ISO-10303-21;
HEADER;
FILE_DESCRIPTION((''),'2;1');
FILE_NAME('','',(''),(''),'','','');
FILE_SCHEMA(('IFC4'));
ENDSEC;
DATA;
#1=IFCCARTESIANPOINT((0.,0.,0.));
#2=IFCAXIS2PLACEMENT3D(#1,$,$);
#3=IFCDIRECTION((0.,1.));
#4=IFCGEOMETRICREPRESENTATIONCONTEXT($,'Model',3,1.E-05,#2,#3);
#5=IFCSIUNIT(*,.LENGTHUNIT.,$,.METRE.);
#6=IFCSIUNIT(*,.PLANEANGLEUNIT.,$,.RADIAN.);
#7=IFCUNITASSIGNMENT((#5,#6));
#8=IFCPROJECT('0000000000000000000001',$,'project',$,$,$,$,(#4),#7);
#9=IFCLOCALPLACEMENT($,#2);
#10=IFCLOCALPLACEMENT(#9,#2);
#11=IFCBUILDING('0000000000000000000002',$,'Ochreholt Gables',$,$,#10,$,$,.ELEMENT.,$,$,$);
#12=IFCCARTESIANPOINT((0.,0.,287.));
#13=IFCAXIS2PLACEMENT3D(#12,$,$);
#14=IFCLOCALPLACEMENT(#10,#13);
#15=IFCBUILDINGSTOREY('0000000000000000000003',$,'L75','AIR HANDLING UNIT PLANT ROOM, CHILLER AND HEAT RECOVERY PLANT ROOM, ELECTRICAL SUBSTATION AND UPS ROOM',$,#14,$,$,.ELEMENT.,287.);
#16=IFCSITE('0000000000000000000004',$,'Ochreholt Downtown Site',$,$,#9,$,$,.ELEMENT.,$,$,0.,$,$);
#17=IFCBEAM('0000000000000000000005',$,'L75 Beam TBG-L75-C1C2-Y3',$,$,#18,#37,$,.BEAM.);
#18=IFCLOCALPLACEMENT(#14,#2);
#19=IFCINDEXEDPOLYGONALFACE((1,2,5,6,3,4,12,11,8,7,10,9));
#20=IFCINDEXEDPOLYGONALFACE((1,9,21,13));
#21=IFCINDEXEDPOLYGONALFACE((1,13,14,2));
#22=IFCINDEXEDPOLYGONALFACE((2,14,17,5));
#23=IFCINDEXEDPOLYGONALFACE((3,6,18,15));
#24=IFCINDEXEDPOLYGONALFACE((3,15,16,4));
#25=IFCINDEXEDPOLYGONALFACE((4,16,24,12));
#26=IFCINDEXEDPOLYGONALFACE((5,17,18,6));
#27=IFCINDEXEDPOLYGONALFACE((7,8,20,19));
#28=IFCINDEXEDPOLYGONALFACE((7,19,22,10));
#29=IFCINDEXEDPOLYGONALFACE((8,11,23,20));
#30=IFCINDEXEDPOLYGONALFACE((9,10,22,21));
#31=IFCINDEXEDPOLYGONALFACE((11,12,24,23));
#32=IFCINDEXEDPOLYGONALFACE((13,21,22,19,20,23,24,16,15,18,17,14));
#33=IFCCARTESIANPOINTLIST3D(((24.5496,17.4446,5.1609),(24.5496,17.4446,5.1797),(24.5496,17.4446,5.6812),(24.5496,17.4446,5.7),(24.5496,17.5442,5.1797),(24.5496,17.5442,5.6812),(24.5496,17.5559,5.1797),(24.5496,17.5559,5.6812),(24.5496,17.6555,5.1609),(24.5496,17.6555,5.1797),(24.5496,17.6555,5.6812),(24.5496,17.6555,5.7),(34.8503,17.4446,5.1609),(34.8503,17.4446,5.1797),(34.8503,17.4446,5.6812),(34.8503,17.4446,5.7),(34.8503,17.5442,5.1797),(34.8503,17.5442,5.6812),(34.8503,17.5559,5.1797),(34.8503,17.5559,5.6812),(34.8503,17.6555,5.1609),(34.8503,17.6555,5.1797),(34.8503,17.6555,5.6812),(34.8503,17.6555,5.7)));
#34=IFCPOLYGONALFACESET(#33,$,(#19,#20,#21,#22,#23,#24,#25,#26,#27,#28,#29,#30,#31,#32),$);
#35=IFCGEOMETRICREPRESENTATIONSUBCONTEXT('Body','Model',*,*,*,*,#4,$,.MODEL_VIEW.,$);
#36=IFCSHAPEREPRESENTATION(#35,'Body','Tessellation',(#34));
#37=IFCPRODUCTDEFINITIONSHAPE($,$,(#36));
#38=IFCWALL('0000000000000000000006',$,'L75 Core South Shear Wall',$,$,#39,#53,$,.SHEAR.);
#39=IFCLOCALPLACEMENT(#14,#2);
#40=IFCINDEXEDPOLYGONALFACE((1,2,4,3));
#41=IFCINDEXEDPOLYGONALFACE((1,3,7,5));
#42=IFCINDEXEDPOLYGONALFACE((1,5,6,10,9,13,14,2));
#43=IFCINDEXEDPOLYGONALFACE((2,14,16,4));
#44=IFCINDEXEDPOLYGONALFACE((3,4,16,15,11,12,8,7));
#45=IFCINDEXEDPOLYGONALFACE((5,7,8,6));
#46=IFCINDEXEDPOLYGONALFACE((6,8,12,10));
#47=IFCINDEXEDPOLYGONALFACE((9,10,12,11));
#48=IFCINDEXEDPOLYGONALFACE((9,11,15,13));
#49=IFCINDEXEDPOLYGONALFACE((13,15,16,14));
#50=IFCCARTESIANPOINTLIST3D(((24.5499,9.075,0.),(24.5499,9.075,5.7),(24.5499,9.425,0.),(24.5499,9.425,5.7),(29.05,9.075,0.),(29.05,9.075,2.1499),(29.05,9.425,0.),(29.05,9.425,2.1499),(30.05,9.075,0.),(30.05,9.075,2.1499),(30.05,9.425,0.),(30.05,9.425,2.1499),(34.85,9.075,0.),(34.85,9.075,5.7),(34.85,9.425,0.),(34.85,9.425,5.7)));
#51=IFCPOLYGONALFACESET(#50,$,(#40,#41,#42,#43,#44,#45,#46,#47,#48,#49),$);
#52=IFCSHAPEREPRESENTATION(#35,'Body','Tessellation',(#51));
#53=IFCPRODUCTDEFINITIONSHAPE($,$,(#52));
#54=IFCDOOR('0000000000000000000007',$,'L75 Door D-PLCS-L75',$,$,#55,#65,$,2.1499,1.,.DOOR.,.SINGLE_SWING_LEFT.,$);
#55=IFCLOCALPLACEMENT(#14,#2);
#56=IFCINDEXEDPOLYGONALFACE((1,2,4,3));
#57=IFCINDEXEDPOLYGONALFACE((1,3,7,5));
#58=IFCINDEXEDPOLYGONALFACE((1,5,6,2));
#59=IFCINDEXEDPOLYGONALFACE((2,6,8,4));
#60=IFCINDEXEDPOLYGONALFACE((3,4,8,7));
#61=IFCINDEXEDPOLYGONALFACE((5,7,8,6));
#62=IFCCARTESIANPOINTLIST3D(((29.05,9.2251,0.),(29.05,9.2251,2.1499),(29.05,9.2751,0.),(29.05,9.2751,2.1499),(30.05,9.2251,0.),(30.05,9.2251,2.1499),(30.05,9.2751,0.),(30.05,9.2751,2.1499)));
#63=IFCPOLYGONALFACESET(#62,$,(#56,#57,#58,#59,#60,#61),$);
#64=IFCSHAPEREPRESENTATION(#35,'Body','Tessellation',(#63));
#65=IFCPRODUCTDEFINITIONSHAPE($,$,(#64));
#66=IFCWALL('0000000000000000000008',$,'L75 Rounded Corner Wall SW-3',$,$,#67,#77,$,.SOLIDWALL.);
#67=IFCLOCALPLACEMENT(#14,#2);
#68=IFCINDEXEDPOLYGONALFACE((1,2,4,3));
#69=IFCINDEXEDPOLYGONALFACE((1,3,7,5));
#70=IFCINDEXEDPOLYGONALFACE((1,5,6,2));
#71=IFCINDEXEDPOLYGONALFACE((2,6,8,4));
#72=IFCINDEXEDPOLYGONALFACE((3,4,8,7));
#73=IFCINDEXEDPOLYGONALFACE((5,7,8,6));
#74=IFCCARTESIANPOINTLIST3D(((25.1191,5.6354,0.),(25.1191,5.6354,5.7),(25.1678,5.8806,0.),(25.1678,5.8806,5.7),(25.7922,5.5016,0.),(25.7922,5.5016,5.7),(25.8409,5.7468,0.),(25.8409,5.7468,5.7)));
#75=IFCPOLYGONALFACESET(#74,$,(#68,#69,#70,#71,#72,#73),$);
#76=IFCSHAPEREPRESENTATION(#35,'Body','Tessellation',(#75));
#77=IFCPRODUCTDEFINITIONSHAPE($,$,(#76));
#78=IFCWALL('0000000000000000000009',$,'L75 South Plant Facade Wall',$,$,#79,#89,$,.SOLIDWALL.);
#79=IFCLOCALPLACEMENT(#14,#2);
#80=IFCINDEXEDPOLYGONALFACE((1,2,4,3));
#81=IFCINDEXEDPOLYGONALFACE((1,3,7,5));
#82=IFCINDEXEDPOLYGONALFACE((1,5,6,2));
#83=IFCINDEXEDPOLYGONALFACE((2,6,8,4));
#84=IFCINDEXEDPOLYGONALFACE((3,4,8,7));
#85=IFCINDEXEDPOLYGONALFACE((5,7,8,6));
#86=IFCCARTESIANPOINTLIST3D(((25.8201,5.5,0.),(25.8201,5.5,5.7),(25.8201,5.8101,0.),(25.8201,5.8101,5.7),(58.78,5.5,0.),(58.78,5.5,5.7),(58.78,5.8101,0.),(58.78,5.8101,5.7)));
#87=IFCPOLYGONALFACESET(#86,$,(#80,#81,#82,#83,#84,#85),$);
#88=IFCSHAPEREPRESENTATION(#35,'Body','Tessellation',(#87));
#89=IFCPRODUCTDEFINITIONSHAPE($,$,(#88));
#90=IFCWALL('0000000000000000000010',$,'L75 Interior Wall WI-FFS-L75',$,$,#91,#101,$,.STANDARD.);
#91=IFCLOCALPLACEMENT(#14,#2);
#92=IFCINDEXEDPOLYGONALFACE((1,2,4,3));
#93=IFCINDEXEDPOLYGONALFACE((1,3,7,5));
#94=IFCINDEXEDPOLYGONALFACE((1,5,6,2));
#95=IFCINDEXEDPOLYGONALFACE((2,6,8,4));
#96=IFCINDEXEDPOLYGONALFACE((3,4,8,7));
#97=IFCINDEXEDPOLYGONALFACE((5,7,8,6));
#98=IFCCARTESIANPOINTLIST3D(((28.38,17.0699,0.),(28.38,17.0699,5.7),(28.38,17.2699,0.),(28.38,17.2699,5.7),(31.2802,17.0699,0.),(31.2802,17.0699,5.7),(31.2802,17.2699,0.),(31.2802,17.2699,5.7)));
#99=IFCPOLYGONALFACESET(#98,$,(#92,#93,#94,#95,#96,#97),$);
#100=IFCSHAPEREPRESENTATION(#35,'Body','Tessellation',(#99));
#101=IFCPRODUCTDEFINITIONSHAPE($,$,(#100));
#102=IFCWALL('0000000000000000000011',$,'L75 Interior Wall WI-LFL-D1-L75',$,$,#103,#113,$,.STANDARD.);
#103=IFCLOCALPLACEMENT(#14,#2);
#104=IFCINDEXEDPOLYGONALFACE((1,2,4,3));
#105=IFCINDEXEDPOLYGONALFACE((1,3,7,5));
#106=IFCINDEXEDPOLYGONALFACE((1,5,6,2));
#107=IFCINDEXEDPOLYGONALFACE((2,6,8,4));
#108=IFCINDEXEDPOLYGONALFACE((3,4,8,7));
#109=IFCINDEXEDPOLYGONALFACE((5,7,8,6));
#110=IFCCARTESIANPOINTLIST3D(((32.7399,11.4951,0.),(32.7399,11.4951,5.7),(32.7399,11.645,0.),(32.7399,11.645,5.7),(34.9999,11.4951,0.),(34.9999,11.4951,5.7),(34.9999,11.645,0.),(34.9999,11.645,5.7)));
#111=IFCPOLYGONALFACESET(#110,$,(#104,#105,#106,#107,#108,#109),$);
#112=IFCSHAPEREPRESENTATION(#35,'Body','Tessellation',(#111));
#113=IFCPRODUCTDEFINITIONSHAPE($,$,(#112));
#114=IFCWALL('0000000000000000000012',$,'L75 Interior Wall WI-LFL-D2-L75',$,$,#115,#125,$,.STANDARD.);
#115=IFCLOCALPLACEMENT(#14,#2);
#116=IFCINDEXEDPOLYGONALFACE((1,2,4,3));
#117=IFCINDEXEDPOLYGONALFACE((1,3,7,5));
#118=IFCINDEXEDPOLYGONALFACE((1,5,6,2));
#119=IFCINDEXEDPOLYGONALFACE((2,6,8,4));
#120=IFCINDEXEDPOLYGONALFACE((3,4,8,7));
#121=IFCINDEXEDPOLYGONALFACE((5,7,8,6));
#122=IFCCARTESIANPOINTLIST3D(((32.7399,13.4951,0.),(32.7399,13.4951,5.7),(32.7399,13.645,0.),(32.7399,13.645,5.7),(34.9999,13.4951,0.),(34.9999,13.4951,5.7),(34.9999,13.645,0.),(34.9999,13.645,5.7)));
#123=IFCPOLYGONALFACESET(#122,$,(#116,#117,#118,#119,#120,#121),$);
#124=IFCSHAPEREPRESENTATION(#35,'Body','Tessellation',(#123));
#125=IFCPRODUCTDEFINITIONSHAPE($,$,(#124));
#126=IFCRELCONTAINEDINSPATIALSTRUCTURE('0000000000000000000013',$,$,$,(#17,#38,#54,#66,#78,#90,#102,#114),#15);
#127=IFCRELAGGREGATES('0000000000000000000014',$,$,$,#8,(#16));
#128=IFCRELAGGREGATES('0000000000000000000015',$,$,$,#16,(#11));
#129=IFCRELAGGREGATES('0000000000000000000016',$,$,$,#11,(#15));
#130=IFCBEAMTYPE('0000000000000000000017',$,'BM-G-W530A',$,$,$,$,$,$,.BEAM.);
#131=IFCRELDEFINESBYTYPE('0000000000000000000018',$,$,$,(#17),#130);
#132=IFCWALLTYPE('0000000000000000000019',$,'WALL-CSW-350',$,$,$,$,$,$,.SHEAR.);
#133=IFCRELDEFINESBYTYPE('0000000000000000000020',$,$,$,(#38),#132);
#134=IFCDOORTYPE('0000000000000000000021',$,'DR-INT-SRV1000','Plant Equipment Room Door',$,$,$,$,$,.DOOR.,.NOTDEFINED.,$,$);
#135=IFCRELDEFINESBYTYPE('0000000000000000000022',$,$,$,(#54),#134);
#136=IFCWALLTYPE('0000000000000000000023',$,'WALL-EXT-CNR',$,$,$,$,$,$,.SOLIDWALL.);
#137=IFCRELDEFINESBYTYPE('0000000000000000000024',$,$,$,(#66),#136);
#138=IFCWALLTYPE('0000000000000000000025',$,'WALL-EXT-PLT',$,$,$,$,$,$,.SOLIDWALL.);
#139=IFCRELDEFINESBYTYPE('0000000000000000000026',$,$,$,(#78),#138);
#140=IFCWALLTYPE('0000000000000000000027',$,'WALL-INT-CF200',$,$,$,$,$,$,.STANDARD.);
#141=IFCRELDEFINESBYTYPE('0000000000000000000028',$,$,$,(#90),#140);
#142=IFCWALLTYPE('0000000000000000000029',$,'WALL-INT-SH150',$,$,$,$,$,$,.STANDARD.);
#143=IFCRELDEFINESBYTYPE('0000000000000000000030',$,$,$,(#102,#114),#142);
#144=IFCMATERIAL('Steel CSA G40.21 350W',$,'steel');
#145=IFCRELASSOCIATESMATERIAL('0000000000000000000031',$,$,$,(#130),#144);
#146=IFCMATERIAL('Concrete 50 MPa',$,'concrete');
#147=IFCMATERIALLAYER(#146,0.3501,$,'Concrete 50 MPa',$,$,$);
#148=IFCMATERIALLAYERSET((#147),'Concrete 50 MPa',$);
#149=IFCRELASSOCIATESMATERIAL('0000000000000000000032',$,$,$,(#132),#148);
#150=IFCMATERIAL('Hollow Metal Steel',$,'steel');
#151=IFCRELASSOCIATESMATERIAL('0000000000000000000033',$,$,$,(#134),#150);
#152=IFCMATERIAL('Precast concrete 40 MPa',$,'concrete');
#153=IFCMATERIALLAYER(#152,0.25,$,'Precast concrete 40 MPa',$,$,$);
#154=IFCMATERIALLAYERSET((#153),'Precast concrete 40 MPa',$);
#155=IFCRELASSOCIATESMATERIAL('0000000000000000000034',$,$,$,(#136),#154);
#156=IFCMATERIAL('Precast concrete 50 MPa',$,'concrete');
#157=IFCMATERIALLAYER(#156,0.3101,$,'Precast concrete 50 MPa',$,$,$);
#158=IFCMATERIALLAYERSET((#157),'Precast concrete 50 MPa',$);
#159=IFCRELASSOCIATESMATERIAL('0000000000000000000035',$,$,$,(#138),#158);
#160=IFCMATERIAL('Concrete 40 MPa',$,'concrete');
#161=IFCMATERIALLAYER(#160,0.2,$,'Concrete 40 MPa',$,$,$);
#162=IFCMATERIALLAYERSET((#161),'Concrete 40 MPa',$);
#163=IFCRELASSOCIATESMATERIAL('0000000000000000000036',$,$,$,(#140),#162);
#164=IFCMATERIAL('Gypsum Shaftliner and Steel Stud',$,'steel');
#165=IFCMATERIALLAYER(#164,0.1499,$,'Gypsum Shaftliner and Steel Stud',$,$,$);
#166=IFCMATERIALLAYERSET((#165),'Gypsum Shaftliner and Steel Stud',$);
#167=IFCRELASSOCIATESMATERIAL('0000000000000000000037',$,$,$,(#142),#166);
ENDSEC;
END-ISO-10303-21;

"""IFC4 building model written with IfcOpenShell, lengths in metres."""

from ifc_helpers import new_model, si_unit, direction, frame, frame_2d, origin, origin_2d, place, context, subcontext, project, spatial, rectangle, i_section, extrude, material, layer, layer_set, material_profile, profile_set, type_object, element, fill, save


model = new_model("IFC4")

# Units and contexts
model_context = context("Model", 3, precision=1e-05, world=origin(), true_north=direction((0.0, 1.0)))
body_context = subcontext(model_context, "Body", "Model", "MODEL_VIEW")
ifc_project = project(units=[si_unit("LENGTHUNIT", "METRE"), si_unit("PLANEANGLEUNIT", "RADIAN")], contexts=[model_context])

# Site, building, storey
site_placement = place(None, origin())
site = spatial("IfcSite", under=ifc_project, at=site_placement, Name="Ochreholt Downtown Site", CompositionType="ELEMENT", RefElevation=0.0)
building_placement = place(site_placement, origin())
building = spatial("IfcBuilding", under=site, at=building_placement, Name="Ochreholt Gables", CompositionType="ELEMENT")
storey_placement = place(building_placement, frame((0.0, 0.0, 287.0)))
storey = spatial("IfcBuildingStorey", under=building, at=storey_placement, Name="L75", Description="AIR HANDLING UNIT PLANT ROOM, CHILLER AND HEAT RECOVERY PLANT ROOM, ELECTRICAL SUBSTATION AND UPS ROOM", CompositionType="ELEMENT", Elevation=287.0)

# Beam
ifc_material_1 = material(Name="Steel CSA G40.21 350W", Category="steel")
ifc_material_profile = material_profile(ifc_material_1, i_section(OverallWidth=0.2109, OverallDepth=0.5391, WebThickness=0.0117, FlangeThickness=0.0188, at=origin_2d()), Name="W530X109")
ifc_profile_set = profile_set([ifc_material_profile], Name="Steel CSA G40.21 350W")
beam_type = type_object("IfcBeamType", Name="BM-G-W530A", PredefinedType="BEAM", material=ifc_profile_set)
beam_placement = place(storey_placement, frame((24.5496, 17.55, 5.4304), z_axis=(1.0, 0.0, 0.0), x_axis=(0.0, 1.0, 0.0)))
element("IfcBeam", 1, at=beam_placement, inside=storey, type_object=beam_type, Name="L75 Beam TBG-L75-C1C2-Y3", PredefinedType="BEAM", context=body_context, shape_type="SweptSolid", body=[
    extrude(i_section(OverallWidth=0.2109, OverallDepth=0.5391, WebThickness=0.0117, FlangeThickness=0.0188, at=origin_2d()), origin(), (0.0, 0.0, 1.0), 10.3008),
])

# Wall, opening, door
ifc_material_2 = material(Name="Concrete 50 MPa", Category="concrete")
ifc_layer_1 = layer(ifc_material_2, 0.3501, Name="Concrete 50 MPa")
ifc_layer_set_1 = layer_set([ifc_layer_1], Name="Concrete 50 MPa")
wall_type_1 = type_object("IfcWallType", Name="WALL-CSW-350", PredefinedType="SHEAR", material=ifc_layer_set_1)
wall_1_placement = place(storey_placement, frame((24.55, 9.25, 0.0), z_axis=(0.0, 0.0, 1.0), x_axis=(1.0, 0.0, 0.0)))
wall_1 = element("IfcWall", 2, at=wall_1_placement, inside=storey, type_object=wall_type_1, Name="L75 Core South Shear Wall", PredefinedType="SHEAR", context=body_context, shape_type="SweptSolid", body=[
    extrude(rectangle(XDim=10.3, YDim=0.3501, at=frame_2d((5.1499, 0.0))), origin(), (0.0, 0.0, 1.0), 5.7),
])
opening_1_placement = place(wall_1_placement, frame((4.5, 0.0, 0.0)))
opening_1 = element("IfcOpeningElement", 3, at=opening_1_placement, cuts=wall_1, PredefinedType="OPENING", context=body_context, shape_type="SweptSolid", body=[
    extrude(rectangle(XDim=1.0, YDim=2.1499, at=frame_2d((0.5, 1.075))), frame((0.0, 0.1851, 0.0), z_axis=(0.0, -1.0, 0.0), x_axis=(1.0, 0.0, 0.0)), (0.0, 0.0, 1.0), 0.3701),
])
ifc_material_3 = material(Name="Hollow Metal Steel", Category="steel")
door_type_1 = type_object("IfcDoorType", Name="DR-INT-SRV1000", Description="Plant Equipment Room Door", OperationType="NOTDEFINED", PredefinedType="DOOR", material=ifc_material_3)
door_1_placement = place(opening_1_placement, frame((1.0, 0.0, 0.0), z_axis=(0.0, 0.0, 1.0), x_axis=(-1.0, 0.0, 0.0)))
door_1 = element("IfcDoor", 4, at=door_1_placement, inside=storey, type_object=door_type_1, Name="L75 Door D-PLCS-L75", OperationType="SINGLE_SWING_LEFT", OverallHeight=2.1499, OverallWidth=1.0, PredefinedType="DOOR", context=body_context, shape_type="SweptSolid", body=[
    extrude(rectangle(XDim=1.0, YDim=2.1499, at=frame_2d((0.5, 1.075))), frame((0.0, 0.0249, 0.0), z_axis=(0.0, -1.0, 0.0), x_axis=(1.0, 0.0, 0.0)), (0.0, 0.0, 1.0), 0.05),
])
fill(opening_1, door_1)

# Walls
ifc_material_4 = material(Name="Precast concrete 40 MPa", Category="concrete")
ifc_layer_2 = layer(ifc_material_4, 0.25, Name="Precast concrete 40 MPa")
ifc_layer_set_2 = layer_set([ifc_layer_2], Name="Precast concrete 40 MPa")
wall_type_2 = type_object("IfcWallType", Name="WALL-EXT-CNR", PredefinedType="SOLIDWALL", material=ifc_layer_set_2)
wall_2_placement = place(storey_placement, frame((25.1433, 5.7581, 0.0), z_axis=(0.0, 0.0, 1.0), x_axis=(0.980813, -0.194953, 0.0)))
element("IfcWall", 5, at=wall_2_placement, inside=storey, type_object=wall_type_2, Name="L75 Rounded Corner Wall SW-3", PredefinedType="SOLIDWALL", context=body_context, shape_type="SweptSolid", body=[
    extrude(rectangle(XDim=0.6863, YDim=0.25, at=frame_2d((0.3433, 0.0))), origin(), (0.0, 0.0, 1.0), 5.7),
])
ifc_material_5 = material(Name="Precast concrete 50 MPa", Category="concrete")
ifc_layer_3 = layer(ifc_material_5, 0.3101, Name="Precast concrete 50 MPa")
ifc_layer_set_3 = layer_set([ifc_layer_3], Name="Precast concrete 50 MPa")
wall_type_3 = type_object("IfcWallType", Name="WALL-EXT-PLT", PredefinedType="SOLIDWALL", material=ifc_layer_set_3)
wall_3_placement = place(storey_placement, frame((25.8201, 5.655, 0.0), z_axis=(0.0, 0.0, 1.0), x_axis=(1.0, 0.0, 0.0)))
element("IfcWall", 6, at=wall_3_placement, inside=storey, type_object=wall_type_3, Name="L75 South Plant Facade Wall", PredefinedType="SOLIDWALL", context=body_context, shape_type="SweptSolid", body=[
    extrude(rectangle(XDim=32.96, YDim=0.3101, at=frame_2d((16.48, 0.0))), origin(), (0.0, 0.0, 1.0), 5.7),
])
ifc_material_6 = material(Name="Concrete 40 MPa", Category="concrete")
ifc_layer_4 = layer(ifc_material_6, 0.2, Name="Concrete 40 MPa")
ifc_layer_set_4 = layer_set([ifc_layer_4], Name="Concrete 40 MPa")
wall_type_4 = type_object("IfcWallType", Name="WALL-INT-CF200", PredefinedType="STANDARD", material=ifc_layer_set_4)
wall_4_placement = place(storey_placement, frame((28.3799, 17.1699, 0.0), z_axis=(0.0, 0.0, 1.0), x_axis=(1.0, 0.0, 0.0)))
element("IfcWall", 7, at=wall_4_placement, inside=storey, type_object=wall_type_4, Name="L75 Interior Wall WI-FFS-L75", PredefinedType="STANDARD", context=body_context, shape_type="SweptSolid", body=[
    extrude(rectangle(XDim=2.9001, YDim=0.2, at=frame_2d((1.4502, 0.0))), origin(), (0.0, 0.0, 1.0), 5.7),
])

# Walls
ifc_material_7 = material(Name="Gypsum Shaftliner and Steel Stud", Category="steel")
ifc_layer_5 = layer(ifc_material_7, 0.1499, Name="Gypsum Shaftliner and Steel Stud")
ifc_layer_set_5 = layer_set([ifc_layer_5], Name="Gypsum Shaftliner and Steel Stud")
wall_type_5 = type_object("IfcWallType", Name="WALL-INT-SH150", PredefinedType="STANDARD", material=ifc_layer_set_5)
for number, where, z_axis, x_axis, name in (
    (8, (32.74, 11.5701, 0.0), (0.0, 0.0, 1.0), (1.0, 0.0, 0.0), "L75 Interior Wall WI-LFL-D1-L75"),
    (9, (32.74, 13.5701, 0.0), (0.0, 0.0, 1.0), (1.0, 0.0, 0.0), "L75 Interior Wall WI-LFL-D2-L75"),
):
    element("IfcWall", number, at=place(storey_placement, frame(where, z_axis=z_axis, x_axis=x_axis)), inside=storey, type_object=wall_type_5, Name=name, PredefinedType="STANDARD", context=body_context, shape_type="SweptSolid", body=[
        extrude(rectangle(XDim=2.26, YDim=0.1499, at=frame_2d((1.1299, 0.0))), origin(), (0.0, 0.0, 1.0), 5.7),
    ])

save(model, "model.ifc")
